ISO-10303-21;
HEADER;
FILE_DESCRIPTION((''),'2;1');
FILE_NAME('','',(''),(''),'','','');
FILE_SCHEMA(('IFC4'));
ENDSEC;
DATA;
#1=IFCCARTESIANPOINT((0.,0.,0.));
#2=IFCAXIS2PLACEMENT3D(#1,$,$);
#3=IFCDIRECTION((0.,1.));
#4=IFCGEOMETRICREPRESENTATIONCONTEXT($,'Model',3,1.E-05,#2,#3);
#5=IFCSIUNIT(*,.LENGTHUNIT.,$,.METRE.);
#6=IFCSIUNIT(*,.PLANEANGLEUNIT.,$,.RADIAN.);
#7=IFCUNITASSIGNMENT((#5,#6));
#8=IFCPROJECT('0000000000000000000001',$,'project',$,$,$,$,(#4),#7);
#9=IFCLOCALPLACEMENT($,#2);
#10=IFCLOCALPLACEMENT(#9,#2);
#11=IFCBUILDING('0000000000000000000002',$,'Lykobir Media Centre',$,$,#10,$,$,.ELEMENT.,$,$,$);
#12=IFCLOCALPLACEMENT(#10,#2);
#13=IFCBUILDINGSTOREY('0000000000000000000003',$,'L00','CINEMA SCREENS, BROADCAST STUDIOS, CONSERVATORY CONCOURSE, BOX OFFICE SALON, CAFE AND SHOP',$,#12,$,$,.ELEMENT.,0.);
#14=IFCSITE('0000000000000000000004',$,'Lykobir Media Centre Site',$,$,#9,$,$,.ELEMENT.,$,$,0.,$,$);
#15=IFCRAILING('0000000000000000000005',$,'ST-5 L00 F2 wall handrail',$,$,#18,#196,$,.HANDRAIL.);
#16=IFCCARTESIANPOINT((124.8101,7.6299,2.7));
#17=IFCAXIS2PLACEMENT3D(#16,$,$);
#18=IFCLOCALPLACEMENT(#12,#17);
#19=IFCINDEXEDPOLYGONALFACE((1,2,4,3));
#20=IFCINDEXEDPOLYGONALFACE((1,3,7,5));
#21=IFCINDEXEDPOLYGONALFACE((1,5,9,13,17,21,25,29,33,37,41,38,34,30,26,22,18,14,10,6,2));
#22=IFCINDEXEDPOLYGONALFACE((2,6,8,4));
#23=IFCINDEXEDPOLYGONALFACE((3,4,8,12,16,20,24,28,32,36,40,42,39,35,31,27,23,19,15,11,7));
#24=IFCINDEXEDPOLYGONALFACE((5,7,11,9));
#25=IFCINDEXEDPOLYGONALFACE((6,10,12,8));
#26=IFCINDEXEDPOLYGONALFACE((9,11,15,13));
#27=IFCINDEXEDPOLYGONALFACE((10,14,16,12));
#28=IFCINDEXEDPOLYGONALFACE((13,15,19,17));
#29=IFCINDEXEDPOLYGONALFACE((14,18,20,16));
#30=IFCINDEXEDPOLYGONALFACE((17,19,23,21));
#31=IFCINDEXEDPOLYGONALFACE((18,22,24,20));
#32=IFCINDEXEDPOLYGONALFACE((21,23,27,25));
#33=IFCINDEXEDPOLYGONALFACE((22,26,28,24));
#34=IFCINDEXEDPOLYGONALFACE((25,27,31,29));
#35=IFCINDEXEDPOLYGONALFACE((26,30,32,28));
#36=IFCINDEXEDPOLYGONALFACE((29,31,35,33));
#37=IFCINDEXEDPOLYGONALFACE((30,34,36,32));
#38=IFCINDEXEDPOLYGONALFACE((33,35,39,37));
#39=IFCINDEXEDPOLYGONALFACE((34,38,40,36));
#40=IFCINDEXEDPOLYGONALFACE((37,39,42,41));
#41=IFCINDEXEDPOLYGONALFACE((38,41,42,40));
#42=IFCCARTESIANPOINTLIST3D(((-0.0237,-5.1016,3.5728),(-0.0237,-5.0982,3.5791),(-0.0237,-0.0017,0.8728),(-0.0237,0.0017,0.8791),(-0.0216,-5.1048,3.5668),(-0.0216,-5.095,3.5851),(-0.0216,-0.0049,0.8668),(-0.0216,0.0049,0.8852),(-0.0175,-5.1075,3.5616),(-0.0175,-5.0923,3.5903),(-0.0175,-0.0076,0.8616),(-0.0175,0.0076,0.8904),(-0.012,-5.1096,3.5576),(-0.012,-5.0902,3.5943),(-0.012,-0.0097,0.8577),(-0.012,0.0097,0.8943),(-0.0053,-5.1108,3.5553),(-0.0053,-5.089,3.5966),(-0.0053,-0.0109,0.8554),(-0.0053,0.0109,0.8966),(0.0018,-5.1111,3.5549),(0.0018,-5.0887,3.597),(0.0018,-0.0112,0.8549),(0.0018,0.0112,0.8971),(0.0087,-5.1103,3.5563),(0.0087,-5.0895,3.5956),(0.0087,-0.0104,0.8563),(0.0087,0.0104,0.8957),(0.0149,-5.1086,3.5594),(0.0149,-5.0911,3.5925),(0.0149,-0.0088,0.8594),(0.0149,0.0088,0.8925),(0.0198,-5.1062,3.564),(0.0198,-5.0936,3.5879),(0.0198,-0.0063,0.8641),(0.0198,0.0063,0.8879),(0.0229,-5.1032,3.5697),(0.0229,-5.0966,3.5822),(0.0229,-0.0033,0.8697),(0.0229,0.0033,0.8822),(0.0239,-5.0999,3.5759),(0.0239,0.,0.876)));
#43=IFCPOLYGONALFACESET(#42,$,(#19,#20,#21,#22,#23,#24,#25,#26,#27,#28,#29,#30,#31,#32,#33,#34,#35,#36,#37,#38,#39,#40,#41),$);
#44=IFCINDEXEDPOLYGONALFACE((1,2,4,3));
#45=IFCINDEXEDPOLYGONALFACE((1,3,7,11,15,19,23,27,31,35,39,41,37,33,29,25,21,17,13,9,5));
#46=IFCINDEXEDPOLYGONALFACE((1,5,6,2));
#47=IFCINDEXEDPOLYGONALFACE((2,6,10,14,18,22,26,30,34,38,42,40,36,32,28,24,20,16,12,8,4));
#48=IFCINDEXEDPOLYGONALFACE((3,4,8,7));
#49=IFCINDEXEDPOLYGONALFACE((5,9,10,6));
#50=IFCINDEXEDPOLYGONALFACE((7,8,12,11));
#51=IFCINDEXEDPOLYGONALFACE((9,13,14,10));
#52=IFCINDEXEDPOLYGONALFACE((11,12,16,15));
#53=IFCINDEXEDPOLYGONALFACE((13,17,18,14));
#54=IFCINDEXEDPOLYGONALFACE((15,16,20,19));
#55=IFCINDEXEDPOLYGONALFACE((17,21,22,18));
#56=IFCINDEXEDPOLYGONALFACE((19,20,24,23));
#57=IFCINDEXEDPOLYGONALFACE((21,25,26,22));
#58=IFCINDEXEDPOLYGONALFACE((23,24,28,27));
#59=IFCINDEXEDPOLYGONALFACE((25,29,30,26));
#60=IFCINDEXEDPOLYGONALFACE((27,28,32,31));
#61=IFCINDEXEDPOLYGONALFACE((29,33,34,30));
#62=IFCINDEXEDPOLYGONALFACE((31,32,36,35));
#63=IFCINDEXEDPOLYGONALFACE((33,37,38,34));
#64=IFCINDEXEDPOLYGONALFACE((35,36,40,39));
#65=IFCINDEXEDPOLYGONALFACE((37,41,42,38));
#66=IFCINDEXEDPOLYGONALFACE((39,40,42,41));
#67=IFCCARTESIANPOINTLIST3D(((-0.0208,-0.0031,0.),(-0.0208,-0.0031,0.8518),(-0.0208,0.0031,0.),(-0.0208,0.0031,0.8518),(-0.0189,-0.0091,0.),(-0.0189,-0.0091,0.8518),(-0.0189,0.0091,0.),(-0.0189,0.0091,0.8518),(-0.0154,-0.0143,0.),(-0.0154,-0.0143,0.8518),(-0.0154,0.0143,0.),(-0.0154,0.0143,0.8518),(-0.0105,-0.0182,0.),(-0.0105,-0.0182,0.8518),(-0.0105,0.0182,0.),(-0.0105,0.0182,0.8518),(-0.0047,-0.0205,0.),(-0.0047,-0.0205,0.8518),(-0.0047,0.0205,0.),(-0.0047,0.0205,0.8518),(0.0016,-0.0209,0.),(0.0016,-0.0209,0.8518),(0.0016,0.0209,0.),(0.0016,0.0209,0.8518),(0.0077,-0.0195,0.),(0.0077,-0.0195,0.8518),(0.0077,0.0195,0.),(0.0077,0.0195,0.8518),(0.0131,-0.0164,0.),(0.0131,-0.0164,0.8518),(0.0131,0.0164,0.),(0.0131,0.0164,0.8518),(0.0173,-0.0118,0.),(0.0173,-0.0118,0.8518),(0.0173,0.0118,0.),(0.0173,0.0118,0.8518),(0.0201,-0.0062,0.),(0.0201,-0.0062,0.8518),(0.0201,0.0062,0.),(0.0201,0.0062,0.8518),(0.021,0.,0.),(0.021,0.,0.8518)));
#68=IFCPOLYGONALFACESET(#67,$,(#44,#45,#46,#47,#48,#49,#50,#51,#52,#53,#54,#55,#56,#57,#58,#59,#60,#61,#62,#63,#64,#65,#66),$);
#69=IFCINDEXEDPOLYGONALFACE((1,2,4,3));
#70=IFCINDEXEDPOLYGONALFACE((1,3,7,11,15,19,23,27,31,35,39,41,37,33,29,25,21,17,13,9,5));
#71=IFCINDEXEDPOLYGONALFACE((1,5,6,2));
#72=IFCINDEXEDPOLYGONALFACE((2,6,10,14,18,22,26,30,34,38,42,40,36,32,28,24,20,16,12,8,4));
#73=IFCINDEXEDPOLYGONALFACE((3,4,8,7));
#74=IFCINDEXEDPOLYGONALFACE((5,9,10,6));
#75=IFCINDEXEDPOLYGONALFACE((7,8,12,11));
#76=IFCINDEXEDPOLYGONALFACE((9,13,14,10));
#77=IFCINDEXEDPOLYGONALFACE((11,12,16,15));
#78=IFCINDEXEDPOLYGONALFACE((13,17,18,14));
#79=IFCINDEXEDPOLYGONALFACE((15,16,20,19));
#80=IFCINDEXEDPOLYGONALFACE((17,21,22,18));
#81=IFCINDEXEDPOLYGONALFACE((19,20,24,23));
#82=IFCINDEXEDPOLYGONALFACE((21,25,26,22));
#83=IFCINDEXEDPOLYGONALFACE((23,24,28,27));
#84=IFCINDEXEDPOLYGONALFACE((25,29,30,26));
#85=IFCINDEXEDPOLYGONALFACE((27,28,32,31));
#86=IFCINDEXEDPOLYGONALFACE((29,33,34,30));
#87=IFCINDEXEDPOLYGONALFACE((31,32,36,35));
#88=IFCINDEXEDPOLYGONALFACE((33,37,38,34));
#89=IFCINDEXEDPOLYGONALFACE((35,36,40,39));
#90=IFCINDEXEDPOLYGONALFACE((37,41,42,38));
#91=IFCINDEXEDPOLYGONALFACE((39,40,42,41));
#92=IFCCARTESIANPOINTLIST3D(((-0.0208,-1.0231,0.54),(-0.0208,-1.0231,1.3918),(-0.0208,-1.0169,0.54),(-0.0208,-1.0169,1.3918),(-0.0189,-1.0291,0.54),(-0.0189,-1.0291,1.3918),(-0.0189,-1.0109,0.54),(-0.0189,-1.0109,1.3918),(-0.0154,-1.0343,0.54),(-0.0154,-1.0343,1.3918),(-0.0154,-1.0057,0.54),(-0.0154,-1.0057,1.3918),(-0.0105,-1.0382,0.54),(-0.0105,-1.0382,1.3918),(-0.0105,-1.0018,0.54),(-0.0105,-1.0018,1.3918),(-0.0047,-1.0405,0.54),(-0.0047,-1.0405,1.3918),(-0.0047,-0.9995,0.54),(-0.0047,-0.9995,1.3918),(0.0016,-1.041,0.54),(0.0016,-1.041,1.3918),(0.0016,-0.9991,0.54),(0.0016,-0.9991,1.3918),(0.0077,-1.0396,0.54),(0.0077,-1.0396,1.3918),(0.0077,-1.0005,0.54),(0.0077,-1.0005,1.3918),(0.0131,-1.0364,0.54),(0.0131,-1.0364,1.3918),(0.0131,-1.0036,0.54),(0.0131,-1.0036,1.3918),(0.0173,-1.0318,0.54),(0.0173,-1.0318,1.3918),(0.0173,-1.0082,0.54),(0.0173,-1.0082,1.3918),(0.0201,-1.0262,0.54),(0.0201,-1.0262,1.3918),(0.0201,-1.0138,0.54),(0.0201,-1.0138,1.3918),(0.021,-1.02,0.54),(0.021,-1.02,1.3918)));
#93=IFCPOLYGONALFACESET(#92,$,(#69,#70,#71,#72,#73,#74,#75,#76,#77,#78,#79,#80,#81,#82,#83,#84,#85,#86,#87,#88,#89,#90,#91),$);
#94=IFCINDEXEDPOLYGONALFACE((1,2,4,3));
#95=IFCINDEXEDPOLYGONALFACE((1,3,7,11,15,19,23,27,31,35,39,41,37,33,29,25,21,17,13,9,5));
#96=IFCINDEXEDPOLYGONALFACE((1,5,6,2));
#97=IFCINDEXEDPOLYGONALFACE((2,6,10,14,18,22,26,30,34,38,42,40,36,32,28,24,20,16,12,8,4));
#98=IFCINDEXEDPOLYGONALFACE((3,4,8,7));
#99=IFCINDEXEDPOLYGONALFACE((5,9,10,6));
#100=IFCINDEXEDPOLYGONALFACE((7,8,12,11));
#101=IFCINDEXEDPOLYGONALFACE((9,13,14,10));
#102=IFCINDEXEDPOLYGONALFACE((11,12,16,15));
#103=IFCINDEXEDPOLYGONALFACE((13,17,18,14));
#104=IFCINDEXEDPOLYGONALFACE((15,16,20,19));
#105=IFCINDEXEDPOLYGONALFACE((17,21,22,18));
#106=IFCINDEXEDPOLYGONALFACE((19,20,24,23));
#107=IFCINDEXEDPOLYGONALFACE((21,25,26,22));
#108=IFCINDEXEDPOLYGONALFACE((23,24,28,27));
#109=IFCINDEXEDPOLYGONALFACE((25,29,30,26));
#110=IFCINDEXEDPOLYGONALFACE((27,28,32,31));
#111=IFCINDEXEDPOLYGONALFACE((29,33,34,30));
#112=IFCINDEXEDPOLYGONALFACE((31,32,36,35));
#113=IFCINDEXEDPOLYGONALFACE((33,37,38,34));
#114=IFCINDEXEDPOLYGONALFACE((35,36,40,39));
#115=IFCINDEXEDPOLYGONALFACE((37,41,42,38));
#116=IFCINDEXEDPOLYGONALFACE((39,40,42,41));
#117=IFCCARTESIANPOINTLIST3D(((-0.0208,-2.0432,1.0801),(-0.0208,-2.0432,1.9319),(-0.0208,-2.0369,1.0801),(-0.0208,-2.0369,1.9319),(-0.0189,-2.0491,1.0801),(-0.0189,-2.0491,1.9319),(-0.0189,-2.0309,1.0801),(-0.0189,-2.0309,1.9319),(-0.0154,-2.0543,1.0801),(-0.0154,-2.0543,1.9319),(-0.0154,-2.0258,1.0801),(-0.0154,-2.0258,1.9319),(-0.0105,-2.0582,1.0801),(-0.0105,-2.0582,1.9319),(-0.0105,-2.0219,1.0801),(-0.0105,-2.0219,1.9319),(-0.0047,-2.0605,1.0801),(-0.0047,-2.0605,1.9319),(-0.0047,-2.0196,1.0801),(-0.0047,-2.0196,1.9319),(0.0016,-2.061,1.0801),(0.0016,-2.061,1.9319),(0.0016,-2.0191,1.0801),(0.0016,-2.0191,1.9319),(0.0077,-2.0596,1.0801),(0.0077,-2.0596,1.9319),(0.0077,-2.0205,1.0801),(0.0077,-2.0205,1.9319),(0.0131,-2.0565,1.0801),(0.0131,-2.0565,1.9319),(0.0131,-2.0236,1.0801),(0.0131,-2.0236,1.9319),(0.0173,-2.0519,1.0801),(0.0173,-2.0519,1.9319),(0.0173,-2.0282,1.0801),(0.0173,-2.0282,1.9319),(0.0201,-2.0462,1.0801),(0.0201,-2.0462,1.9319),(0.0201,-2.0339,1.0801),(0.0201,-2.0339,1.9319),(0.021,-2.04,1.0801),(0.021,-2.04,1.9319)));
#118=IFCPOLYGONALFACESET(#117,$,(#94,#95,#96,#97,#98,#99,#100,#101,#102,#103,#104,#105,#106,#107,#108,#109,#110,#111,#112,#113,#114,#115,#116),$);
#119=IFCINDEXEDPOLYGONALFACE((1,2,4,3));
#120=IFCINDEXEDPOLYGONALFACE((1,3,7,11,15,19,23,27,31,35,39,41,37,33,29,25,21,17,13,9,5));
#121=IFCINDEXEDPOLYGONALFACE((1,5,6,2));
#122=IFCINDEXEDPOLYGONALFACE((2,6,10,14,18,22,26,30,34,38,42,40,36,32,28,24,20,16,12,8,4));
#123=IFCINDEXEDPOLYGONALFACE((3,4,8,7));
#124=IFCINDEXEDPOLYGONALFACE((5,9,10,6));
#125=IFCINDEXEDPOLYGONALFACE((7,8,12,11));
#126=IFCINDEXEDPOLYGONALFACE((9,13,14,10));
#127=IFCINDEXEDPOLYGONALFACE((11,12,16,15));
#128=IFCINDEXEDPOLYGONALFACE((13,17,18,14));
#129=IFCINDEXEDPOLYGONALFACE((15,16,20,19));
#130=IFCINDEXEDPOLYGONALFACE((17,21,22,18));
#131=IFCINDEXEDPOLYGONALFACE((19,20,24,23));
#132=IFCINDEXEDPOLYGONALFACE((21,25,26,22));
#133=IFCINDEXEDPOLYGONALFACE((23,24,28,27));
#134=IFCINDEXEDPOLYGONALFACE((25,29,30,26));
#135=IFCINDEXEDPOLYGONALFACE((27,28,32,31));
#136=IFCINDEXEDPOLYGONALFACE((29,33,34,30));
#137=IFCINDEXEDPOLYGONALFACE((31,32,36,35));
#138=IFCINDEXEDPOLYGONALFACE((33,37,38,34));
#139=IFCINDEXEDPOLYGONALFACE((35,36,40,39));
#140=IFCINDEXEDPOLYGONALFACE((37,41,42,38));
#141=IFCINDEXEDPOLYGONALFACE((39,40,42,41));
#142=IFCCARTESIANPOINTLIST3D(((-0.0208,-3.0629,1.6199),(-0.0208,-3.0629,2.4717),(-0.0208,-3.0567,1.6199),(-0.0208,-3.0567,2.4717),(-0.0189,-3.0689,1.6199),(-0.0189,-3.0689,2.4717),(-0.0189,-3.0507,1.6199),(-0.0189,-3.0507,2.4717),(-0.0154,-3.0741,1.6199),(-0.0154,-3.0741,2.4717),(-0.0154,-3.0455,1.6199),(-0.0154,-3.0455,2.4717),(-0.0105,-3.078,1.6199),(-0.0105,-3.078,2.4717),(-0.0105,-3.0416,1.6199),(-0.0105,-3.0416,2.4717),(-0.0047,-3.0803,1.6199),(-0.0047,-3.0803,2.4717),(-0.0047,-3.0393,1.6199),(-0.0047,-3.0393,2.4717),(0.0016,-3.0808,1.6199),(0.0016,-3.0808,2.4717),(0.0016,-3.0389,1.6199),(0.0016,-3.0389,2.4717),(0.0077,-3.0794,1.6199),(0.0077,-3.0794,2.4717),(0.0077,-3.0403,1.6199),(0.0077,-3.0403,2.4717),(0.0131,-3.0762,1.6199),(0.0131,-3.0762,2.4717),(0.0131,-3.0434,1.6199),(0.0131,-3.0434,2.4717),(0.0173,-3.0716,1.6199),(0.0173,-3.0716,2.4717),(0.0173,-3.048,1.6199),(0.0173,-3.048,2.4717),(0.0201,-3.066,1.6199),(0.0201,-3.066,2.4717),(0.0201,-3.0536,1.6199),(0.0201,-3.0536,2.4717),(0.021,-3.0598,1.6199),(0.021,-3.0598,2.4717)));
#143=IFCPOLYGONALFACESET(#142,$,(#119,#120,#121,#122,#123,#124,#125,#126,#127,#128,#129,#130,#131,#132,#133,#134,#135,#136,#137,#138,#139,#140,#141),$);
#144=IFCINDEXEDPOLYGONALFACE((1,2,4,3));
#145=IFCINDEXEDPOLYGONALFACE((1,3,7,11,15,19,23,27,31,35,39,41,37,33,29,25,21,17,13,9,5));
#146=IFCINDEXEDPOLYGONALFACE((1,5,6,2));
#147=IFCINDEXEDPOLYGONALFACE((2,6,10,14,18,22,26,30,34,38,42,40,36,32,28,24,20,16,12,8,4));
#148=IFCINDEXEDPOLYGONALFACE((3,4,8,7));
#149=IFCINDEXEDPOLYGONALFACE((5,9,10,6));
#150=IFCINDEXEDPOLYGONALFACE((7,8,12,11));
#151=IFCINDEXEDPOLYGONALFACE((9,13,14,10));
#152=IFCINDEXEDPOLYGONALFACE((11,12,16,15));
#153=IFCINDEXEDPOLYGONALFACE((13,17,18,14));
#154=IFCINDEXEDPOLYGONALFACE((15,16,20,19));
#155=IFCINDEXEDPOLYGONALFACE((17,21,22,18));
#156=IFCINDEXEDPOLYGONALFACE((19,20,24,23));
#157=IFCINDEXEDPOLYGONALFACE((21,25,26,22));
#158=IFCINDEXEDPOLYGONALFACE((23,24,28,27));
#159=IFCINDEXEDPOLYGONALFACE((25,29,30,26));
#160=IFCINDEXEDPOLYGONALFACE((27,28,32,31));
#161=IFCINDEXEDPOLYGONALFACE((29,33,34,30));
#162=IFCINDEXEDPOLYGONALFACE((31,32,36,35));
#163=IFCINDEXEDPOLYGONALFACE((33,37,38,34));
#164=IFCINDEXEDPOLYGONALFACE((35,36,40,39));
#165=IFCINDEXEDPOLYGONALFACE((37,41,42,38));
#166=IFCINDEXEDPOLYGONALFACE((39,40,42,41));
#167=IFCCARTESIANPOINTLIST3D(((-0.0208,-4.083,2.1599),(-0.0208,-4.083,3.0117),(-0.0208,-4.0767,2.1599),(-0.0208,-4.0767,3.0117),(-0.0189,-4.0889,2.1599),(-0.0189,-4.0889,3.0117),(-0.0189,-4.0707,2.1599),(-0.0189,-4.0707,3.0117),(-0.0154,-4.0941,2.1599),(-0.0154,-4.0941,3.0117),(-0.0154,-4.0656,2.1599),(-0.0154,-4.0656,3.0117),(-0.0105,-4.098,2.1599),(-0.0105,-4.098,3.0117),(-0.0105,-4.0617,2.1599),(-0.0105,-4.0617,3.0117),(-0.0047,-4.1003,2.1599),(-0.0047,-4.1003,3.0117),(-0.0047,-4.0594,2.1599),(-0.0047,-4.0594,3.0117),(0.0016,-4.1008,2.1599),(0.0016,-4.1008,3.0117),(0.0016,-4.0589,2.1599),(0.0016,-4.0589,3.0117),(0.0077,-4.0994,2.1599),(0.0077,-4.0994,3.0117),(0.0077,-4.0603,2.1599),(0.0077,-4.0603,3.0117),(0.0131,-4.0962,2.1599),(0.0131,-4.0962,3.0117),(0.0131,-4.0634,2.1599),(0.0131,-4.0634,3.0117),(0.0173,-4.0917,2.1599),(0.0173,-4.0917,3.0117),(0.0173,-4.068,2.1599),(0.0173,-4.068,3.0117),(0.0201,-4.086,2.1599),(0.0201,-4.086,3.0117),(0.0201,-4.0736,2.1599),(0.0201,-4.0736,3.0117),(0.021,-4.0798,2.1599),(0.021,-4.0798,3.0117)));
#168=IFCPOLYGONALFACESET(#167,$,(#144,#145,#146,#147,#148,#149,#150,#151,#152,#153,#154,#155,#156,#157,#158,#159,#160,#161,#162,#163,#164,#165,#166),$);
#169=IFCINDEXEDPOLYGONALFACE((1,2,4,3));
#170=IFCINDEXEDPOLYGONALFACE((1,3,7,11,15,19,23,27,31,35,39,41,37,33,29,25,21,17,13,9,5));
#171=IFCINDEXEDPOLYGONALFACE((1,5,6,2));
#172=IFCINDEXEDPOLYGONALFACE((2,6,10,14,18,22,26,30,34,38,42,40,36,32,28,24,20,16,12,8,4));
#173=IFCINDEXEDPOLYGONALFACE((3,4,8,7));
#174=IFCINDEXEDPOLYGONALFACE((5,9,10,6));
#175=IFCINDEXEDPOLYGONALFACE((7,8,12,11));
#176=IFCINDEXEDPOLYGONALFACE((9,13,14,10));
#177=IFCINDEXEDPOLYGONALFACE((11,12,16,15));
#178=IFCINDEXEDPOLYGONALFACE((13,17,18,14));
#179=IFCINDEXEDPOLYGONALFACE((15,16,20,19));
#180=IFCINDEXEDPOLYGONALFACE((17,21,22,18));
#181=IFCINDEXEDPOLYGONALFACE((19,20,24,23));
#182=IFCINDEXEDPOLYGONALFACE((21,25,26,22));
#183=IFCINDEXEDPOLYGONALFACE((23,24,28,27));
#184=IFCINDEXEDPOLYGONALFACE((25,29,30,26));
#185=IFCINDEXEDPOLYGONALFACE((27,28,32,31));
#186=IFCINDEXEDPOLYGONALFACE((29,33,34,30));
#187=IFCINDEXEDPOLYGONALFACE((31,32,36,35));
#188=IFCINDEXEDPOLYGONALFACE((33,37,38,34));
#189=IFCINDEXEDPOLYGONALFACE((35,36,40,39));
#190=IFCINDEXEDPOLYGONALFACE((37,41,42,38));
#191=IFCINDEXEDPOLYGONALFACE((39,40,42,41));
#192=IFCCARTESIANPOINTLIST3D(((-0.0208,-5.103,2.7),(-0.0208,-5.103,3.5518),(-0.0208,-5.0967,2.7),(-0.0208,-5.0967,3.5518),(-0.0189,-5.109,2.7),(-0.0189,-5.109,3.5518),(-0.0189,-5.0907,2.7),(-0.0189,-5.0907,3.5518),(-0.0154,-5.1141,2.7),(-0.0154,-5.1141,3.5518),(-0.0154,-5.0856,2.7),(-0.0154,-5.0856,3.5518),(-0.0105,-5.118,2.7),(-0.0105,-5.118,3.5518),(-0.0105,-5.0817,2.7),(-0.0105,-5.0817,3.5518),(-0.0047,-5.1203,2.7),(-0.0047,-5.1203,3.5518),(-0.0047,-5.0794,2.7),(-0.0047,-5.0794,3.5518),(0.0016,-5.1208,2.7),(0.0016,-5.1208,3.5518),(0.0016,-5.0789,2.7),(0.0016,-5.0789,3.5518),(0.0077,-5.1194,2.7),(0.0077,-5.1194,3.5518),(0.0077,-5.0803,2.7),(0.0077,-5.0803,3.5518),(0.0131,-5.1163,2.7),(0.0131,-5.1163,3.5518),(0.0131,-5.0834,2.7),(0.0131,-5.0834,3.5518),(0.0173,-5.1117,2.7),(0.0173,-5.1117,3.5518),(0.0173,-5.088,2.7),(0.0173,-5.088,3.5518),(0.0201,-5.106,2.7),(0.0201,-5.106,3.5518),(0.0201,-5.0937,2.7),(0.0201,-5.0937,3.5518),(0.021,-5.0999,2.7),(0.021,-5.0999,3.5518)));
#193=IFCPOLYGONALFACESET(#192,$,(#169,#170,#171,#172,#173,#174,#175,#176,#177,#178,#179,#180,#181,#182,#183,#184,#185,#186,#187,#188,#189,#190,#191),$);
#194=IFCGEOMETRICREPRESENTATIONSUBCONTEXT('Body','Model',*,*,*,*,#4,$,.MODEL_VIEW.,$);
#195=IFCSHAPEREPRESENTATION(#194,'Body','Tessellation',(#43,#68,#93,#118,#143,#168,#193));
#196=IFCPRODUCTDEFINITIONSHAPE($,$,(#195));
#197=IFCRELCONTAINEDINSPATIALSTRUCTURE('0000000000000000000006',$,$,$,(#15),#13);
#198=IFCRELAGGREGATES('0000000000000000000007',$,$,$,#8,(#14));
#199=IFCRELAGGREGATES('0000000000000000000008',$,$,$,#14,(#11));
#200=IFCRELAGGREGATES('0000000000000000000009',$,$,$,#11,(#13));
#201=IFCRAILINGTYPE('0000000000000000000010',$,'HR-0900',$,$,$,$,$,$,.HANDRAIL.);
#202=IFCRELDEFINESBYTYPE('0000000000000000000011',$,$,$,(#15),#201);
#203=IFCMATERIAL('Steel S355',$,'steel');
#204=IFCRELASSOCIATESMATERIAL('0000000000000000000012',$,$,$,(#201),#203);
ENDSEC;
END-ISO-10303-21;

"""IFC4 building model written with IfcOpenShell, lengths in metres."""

from ifc_helpers import new_model, si_unit, direction, frame, origin, origin_2d, place, context, subcontext, project, spatial, circle, extrude, material, type_object, element, save


model = new_model("IFC4")

# Units and contexts
model_context = context("Model", 3, precision=1e-05, world=origin(), true_north=direction((0.0, 1.0)))
body_context = subcontext(model_context, "Body", "Model", "MODEL_VIEW")
ifc_project = project(units=[si_unit("LENGTHUNIT", "METRE"), si_unit("PLANEANGLEUNIT", "RADIAN")], contexts=[model_context])

# Site, building, storey
site_placement = place(None, origin())
site = spatial("IfcSite", under=ifc_project, at=site_placement, Name="Lykobir Media Centre Site", CompositionType="ELEMENT", RefElevation=0.0)
building_placement = place(site_placement, origin())
building = spatial("IfcBuilding", under=site, at=building_placement, Name="Lykobir Media Centre", CompositionType="ELEMENT")
storey_placement = place(building_placement, origin())
storey = spatial("IfcBuildingStorey", under=building, at=storey_placement, Name="L00", Description="CINEMA SCREENS, BROADCAST STUDIOS, CONSERVATORY CONCOURSE, BOX OFFICE SALON, CAFE AND SHOP", CompositionType="ELEMENT", Elevation=0.0)

# Shared definitions
ifc_material_1 = material(Name="Steel S355", Category="steel")

# Railing
railing_type_1 = type_object("IfcRailingType", Name="HR-0900", PredefinedType="HANDRAIL", material=ifc_material_1)
railing_1_placement = place(storey_placement, frame((124.8101, 7.6299, 2.7)))
element("IfcRailing", 1, at=railing_1_placement, inside=storey, type_object=railing_type_1, Name="ST-5 L00 F2 wall handrail", PredefinedType="HANDRAIL", context=body_context, shape_type="SweptSolid", body=[
    extrude(circle(Radius=0.0239, at=origin_2d()), frame((0.0, 0.0, 0.876), z_axis=(0.0, -0.883786, 0.467892), x_axis=(1.0, 0.0, 0.0)), (0.0, 0.0, 1.0), 5.7705),
    extrude(circle(Radius=0.021, at=origin_2d()), origin(), (0.0, 0.0, 1.0), 0.8518),
    extrude(circle(Radius=0.021, at=origin_2d()), frame((0.0, -1.02, 0.54)), (0.0, 0.0, 1.0), 0.8518),
    extrude(circle(Radius=0.021, at=origin_2d()), frame((0.0, -2.04, 1.0801)), (0.0, 0.0, 1.0), 0.8518),
    extrude(circle(Radius=0.021, at=origin_2d()), frame((0.0, -3.0598, 1.6199)), (0.0, 0.0, 1.0), 0.8518),
    extrude(circle(Radius=0.021, at=origin_2d()), frame((0.0, -4.0798, 2.1599)), (0.0, 0.0, 1.0), 0.8518),
    extrude(circle(Radius=0.021, at=origin_2d()), frame((0.0, -5.0999, 2.7)), (0.0, 0.0, 1.0), 0.8518),
])

save(model, "model.ifc")
